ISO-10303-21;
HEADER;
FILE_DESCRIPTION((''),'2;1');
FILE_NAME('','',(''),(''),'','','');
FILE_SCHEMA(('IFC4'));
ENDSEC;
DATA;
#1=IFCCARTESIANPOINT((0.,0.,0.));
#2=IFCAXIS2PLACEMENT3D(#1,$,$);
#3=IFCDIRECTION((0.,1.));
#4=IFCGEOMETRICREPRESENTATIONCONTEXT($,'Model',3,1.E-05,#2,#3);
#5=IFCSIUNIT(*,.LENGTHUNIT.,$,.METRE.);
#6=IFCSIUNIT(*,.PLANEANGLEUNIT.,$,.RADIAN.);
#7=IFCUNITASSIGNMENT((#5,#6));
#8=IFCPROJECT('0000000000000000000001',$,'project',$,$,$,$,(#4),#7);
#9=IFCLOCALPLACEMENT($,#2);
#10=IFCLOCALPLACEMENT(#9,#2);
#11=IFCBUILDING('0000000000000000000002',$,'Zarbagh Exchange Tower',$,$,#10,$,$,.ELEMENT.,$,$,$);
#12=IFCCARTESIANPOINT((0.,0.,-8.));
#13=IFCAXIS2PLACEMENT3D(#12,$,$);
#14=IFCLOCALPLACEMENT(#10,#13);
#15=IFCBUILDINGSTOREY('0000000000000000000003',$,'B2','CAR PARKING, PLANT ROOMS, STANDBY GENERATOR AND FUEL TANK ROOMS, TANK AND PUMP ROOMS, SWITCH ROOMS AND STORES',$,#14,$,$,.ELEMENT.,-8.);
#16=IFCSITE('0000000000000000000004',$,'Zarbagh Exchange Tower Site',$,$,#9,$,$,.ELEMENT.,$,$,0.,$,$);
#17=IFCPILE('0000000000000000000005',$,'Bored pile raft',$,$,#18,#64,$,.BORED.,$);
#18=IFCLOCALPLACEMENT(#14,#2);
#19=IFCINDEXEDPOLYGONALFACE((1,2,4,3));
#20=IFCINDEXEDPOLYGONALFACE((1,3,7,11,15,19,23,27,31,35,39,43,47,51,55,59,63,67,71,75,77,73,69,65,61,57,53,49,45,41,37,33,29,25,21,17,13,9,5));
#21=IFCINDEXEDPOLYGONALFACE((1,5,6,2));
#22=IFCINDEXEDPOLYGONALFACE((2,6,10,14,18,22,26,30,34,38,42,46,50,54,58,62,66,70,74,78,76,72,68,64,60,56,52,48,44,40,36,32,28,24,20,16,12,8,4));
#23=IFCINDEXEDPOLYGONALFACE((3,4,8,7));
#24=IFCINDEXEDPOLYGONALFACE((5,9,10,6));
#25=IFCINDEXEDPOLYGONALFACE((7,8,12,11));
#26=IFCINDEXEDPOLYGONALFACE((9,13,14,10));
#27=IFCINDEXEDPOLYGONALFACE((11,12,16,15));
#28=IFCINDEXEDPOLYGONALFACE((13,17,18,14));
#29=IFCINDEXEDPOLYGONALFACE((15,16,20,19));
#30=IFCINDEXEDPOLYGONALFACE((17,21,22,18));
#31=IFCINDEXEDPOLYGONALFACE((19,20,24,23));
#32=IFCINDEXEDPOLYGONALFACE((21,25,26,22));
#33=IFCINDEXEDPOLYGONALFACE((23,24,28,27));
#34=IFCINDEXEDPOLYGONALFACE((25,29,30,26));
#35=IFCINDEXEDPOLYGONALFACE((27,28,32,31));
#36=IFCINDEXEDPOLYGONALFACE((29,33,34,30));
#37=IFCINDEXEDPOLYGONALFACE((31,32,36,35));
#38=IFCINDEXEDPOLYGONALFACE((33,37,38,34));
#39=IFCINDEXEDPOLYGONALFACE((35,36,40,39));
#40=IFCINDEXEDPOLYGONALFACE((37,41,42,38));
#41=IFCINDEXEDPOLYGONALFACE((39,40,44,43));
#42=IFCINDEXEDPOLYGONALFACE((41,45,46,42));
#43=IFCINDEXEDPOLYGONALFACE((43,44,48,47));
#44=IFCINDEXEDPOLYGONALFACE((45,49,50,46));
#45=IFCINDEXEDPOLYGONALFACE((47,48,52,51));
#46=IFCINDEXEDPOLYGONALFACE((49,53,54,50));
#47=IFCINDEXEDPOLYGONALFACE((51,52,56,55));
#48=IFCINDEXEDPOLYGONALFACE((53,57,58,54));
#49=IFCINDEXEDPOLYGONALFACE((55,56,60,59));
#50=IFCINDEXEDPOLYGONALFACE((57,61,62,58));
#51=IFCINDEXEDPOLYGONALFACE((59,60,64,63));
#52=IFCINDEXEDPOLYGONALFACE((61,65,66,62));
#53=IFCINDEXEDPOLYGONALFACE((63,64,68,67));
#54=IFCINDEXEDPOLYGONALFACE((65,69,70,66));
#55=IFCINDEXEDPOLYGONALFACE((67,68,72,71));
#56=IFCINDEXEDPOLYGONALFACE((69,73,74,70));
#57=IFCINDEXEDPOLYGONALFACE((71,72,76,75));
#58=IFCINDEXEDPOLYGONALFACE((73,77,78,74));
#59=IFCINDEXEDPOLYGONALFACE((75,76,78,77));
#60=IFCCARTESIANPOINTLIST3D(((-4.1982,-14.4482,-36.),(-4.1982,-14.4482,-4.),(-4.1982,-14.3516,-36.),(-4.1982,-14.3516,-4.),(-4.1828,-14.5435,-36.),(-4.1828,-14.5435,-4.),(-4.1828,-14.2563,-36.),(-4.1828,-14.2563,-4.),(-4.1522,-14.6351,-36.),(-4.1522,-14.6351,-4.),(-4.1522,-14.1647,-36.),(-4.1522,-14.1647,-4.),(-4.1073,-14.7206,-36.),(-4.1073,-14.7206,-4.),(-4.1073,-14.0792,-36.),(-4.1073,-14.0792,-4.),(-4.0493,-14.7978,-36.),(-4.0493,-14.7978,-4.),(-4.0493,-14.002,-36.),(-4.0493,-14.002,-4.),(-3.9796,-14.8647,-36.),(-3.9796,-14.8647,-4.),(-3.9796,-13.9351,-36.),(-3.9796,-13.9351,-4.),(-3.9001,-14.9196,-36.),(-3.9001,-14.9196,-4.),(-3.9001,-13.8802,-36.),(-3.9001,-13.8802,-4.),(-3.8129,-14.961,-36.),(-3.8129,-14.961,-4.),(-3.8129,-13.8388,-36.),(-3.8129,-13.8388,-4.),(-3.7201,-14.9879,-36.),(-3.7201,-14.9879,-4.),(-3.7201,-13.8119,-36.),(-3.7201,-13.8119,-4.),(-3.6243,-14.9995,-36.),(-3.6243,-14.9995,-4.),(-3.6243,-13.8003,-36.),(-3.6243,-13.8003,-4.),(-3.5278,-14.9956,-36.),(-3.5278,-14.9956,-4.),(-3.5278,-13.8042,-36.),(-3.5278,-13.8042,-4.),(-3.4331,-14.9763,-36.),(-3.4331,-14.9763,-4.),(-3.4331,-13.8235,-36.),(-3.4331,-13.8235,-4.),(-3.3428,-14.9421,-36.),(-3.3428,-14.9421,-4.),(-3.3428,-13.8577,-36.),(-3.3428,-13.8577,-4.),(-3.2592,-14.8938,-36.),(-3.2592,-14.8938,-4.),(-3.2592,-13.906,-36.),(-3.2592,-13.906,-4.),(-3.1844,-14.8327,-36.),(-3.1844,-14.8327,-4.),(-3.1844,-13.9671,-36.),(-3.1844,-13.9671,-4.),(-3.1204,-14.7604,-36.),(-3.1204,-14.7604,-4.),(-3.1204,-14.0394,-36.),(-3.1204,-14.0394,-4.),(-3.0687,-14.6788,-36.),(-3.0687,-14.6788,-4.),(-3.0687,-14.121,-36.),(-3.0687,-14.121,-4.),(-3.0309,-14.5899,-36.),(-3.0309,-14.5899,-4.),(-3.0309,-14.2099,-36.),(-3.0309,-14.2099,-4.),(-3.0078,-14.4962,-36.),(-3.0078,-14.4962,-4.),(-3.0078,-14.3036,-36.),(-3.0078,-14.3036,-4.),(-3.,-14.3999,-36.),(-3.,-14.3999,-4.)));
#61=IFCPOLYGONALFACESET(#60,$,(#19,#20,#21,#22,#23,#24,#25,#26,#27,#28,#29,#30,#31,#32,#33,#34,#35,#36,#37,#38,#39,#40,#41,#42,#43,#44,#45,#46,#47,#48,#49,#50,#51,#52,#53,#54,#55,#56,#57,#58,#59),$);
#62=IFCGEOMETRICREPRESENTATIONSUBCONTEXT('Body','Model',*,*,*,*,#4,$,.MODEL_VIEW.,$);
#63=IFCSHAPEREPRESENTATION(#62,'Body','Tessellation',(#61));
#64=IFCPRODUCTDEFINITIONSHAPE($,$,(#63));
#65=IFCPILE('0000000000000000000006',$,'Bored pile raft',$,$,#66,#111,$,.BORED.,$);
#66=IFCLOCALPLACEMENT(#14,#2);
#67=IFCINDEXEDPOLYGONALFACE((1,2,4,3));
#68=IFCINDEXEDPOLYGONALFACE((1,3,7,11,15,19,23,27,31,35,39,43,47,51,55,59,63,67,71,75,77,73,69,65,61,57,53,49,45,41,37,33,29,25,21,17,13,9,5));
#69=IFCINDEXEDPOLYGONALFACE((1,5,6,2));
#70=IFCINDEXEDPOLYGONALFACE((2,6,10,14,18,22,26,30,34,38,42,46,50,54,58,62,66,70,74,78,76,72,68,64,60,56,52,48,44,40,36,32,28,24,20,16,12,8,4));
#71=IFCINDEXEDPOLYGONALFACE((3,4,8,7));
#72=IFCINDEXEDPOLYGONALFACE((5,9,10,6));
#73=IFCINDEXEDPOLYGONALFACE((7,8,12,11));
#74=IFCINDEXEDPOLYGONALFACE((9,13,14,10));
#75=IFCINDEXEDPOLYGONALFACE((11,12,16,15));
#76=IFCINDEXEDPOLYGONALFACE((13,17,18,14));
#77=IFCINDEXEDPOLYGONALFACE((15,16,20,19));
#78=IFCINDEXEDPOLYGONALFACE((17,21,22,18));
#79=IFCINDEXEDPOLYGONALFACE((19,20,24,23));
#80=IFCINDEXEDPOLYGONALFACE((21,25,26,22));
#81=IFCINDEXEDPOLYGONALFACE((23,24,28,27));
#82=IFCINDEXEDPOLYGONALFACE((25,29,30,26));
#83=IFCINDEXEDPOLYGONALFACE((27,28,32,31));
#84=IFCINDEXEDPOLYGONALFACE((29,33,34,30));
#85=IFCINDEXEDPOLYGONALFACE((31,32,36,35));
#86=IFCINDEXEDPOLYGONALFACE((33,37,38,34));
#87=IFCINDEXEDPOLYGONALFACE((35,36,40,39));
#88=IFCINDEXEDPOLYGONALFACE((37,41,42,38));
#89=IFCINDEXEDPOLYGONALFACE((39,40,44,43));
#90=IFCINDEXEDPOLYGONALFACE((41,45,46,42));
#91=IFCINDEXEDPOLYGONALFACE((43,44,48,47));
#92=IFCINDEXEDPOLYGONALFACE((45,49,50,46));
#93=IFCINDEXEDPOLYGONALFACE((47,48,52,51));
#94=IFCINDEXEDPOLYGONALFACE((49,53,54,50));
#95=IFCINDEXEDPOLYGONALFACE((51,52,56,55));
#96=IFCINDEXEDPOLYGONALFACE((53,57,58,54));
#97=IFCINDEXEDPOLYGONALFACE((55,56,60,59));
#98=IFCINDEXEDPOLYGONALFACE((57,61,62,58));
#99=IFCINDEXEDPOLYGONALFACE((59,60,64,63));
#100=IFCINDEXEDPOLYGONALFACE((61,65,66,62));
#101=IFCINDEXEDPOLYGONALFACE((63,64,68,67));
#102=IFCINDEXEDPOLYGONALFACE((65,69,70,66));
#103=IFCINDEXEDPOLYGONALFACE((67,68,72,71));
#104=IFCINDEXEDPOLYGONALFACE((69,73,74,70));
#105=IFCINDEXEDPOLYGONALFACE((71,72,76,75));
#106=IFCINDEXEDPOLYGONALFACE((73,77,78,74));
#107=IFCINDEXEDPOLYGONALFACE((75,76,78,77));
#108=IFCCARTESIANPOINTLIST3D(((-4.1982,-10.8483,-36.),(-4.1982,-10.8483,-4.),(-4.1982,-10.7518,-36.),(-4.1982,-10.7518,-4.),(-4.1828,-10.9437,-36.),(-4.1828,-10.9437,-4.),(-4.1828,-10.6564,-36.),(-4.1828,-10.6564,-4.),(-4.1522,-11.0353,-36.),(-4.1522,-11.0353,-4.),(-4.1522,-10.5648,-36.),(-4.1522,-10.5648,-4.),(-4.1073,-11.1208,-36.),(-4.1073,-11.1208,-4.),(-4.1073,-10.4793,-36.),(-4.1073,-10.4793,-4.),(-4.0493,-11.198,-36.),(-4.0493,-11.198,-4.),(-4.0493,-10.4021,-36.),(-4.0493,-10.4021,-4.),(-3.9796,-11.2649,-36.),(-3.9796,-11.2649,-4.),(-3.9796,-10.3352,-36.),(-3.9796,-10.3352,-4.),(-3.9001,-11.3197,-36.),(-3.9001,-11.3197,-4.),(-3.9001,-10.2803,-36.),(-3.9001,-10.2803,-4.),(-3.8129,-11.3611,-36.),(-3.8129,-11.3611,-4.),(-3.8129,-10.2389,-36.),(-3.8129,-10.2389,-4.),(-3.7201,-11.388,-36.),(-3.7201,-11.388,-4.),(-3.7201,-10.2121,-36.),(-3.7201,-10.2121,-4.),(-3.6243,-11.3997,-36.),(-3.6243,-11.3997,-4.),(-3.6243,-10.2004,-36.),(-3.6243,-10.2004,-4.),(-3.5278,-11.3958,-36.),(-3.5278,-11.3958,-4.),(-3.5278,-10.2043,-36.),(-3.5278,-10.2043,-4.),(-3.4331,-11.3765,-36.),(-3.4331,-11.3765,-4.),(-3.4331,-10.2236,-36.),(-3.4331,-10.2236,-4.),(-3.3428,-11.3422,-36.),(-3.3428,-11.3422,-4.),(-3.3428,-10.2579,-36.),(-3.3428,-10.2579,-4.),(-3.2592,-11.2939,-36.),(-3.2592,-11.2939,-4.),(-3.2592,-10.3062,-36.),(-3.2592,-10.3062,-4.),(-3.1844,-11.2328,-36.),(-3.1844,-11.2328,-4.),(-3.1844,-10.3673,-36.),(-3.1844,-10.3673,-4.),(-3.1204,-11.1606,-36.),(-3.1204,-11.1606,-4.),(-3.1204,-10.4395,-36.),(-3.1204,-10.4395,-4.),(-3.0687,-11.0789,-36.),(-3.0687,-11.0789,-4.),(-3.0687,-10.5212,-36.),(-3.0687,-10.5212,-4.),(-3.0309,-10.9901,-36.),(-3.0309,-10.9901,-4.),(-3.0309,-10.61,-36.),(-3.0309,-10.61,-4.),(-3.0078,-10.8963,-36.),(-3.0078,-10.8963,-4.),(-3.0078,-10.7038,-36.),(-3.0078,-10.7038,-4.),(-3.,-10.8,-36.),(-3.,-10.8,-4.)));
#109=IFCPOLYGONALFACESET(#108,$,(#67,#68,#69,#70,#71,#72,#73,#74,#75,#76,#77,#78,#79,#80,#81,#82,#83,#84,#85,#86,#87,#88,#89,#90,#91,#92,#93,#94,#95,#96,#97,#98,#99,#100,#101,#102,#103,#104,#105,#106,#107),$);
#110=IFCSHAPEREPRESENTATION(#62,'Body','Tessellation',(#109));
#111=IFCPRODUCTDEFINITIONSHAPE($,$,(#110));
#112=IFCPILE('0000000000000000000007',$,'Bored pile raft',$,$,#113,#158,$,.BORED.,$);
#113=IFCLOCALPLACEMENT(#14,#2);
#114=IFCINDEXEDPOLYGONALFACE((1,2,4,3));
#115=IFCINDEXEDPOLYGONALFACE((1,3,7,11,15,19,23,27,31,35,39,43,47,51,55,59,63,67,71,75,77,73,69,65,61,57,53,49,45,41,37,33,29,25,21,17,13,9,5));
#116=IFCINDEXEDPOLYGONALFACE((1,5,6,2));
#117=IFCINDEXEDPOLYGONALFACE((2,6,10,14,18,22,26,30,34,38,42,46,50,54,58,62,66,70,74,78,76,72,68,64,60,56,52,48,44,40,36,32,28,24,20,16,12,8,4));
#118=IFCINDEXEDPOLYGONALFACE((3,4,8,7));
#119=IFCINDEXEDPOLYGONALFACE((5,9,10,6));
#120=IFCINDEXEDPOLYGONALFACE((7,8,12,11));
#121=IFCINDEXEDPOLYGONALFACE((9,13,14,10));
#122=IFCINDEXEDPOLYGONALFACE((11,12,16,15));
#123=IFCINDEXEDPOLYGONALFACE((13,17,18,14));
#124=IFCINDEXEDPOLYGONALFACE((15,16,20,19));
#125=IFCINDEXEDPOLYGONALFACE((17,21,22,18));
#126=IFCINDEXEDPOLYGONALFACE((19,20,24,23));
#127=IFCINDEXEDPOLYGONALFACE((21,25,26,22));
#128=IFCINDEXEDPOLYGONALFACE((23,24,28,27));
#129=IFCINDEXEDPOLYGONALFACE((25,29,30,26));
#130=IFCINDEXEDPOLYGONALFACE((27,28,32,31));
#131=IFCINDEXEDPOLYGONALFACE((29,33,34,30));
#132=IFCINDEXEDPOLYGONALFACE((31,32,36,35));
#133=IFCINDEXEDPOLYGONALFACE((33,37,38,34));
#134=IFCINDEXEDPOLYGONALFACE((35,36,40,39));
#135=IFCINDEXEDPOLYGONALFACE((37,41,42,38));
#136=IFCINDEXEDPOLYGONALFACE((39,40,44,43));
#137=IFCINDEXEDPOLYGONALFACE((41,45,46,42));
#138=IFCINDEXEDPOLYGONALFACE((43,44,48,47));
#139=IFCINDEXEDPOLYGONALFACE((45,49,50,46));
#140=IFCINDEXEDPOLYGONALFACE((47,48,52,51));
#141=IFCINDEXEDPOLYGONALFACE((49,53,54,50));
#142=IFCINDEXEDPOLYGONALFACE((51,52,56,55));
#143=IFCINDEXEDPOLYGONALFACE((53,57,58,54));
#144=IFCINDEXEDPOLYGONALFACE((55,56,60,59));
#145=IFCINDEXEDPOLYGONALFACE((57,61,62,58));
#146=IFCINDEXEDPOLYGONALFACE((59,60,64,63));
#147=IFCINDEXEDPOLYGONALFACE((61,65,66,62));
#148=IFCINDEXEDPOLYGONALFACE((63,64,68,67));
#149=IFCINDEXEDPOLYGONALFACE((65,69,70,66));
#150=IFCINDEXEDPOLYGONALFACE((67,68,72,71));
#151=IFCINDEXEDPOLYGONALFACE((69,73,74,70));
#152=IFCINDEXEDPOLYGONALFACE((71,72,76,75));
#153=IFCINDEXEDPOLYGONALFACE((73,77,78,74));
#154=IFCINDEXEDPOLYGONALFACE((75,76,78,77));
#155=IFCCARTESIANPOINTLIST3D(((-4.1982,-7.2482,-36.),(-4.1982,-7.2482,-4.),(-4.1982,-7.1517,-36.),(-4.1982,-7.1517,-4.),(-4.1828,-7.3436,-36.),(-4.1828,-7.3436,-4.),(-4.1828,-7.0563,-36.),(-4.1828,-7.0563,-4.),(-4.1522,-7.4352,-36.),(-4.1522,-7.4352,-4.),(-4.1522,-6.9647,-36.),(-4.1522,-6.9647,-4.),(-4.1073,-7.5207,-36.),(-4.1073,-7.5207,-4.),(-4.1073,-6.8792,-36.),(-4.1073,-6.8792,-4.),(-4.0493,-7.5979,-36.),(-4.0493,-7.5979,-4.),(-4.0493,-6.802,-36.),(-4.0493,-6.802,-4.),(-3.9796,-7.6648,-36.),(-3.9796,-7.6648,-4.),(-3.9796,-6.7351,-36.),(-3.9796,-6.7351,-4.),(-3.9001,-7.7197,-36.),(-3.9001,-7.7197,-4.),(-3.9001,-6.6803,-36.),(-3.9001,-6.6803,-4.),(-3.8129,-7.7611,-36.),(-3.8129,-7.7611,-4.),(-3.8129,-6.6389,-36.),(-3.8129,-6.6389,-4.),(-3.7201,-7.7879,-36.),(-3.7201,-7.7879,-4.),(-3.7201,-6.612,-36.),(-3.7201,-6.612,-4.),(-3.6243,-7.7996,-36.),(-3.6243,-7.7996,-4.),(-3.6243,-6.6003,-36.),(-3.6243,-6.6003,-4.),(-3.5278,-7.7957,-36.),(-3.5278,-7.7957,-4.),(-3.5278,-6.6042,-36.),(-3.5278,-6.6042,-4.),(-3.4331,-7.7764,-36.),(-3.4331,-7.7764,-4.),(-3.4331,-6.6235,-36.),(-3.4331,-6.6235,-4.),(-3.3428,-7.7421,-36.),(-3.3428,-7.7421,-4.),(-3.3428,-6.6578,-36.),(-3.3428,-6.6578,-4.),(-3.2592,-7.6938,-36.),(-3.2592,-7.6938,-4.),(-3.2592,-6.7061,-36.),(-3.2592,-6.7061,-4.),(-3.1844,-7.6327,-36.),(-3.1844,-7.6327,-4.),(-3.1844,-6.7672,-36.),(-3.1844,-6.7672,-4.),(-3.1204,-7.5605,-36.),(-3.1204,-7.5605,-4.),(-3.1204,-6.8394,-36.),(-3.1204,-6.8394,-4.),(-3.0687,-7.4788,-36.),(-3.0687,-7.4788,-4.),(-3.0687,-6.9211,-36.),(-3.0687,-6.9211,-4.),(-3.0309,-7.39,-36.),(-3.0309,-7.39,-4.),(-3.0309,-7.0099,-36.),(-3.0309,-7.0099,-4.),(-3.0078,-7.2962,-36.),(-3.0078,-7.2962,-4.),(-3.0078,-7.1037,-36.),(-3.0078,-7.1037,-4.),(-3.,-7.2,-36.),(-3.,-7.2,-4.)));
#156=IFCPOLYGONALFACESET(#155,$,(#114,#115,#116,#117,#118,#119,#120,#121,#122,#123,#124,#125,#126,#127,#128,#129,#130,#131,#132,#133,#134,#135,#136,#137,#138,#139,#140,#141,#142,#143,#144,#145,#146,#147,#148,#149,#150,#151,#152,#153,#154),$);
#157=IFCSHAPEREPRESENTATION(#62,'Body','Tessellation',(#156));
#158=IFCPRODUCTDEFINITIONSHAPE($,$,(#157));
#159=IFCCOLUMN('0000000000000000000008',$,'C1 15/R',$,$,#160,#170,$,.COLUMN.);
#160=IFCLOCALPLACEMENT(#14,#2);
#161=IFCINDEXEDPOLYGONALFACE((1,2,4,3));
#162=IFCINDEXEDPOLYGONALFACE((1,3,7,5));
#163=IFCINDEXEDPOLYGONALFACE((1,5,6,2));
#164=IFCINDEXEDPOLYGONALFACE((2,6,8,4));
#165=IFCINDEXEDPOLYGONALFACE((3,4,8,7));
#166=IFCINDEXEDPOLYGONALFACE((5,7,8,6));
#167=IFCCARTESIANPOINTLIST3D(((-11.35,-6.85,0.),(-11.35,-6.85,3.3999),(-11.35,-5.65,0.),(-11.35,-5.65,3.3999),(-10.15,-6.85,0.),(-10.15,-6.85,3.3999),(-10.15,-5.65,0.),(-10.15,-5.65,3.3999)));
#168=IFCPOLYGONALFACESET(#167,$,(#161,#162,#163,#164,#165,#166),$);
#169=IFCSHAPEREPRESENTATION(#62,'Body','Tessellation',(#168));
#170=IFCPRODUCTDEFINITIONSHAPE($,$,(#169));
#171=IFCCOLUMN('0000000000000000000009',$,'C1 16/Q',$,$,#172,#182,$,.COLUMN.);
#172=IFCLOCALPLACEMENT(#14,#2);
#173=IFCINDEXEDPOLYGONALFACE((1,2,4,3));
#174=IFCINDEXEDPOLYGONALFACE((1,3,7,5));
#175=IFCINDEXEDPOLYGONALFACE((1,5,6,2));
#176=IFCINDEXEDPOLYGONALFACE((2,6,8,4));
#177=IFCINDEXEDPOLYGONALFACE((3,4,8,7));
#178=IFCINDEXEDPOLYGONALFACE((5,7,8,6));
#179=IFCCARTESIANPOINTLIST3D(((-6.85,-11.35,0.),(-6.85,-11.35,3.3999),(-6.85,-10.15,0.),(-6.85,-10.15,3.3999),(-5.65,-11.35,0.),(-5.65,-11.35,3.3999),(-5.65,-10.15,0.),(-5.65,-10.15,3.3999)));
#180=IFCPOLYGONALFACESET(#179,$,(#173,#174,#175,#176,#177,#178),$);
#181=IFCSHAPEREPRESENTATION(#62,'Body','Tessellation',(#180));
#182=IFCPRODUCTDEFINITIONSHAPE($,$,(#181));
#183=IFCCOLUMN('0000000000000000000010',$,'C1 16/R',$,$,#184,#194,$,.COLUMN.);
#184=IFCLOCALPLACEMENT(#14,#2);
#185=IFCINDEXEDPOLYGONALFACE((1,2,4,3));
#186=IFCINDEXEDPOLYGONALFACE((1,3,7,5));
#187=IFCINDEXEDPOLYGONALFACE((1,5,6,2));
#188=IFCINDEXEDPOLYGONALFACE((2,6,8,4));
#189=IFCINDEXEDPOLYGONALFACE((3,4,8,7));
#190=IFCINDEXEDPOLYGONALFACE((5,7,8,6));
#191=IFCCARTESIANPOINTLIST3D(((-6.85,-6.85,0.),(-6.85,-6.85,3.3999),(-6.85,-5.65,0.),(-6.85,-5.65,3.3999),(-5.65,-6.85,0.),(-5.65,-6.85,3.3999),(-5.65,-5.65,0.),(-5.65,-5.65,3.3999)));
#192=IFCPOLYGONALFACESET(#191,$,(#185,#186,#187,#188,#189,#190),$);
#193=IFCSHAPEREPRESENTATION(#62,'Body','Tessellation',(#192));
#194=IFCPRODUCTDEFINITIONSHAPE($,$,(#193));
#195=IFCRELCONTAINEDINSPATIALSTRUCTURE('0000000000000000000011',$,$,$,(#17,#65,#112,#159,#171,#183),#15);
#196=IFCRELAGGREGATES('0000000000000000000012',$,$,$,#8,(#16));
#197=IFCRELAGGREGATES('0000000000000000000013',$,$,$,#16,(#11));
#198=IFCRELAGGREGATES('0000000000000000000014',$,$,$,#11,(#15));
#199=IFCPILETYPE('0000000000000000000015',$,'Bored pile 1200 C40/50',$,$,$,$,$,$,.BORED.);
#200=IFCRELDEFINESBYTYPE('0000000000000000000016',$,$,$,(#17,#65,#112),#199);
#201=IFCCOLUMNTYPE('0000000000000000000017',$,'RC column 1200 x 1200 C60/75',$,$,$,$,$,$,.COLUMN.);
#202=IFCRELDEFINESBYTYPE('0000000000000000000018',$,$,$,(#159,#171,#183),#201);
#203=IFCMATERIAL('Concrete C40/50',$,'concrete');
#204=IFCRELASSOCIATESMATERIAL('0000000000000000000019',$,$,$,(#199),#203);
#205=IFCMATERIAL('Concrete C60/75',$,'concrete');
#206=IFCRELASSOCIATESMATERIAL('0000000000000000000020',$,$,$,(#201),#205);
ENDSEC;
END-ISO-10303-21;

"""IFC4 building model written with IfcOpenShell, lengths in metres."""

from ifc_helpers import new_model, si_unit, direction, frame, origin, origin_2d, place, context, subcontext, project, spatial, rectangle, circle, extrude, material, material_profile, profile_set, type_object, element, save


model = new_model("IFC4")

# Units and contexts
model_context = context("Model", 3, precision=1e-05, world=origin(), true_north=direction((0.0, 1.0)))
body_context = subcontext(model_context, "Body", "Model", "MODEL_VIEW")
ifc_project = project(units=[si_unit("LENGTHUNIT", "METRE"), si_unit("PLANEANGLEUNIT", "RADIAN")], contexts=[model_context])

# Site, building, storey
site_placement = place(None, origin())
site = spatial("IfcSite", under=ifc_project, at=site_placement, Name="Zarbagh Exchange Tower Site", CompositionType="ELEMENT", RefElevation=0.0)
building_placement = place(site_placement, origin())
building = spatial("IfcBuilding", under=site, at=building_placement, Name="Zarbagh Exchange Tower", CompositionType="ELEMENT")
storey_placement = place(building_placement, frame((0.0, 0.0, -8.0)))
storey = spatial("IfcBuildingStorey", under=building, at=storey_placement, Name="B2", Description="CAR PARKING, PLANT ROOMS, STANDBY GENERATOR AND FUEL TANK ROOMS, TANK AND PUMP ROOMS, SWITCH ROOMS AND STORES", CompositionType="ELEMENT", Elevation=-8.0)

# Piles
ifc_material_1 = material(Name="Concrete C40/50", Category="concrete")
ifc_material_profile_1 = material_profile(ifc_material_1, circle(Radius=0.6001, at=origin_2d()), Name="Bored pile 1200 C40/50")
ifc_profile_set_1 = profile_set([ifc_material_profile_1], Name="Concrete C40/50")
pile_type = type_object("IfcPileType", Name="Bored pile 1200 C40/50", PredefinedType="BORED", material=ifc_profile_set_1)
for number, where, z_axis, x_axis, name in (
    (1, (-3.6001, -14.3999, -4.0), (0.0, 0.0, -1.0), (1.0, 0.0, 0.0), "Bored pile raft"),
    (2, (-3.6001, -10.8, -4.0), (0.0, 0.0, -1.0), (1.0, 0.0, 0.0), "Bored pile raft"),
    (3, (-3.6001, -7.2, -4.0), (0.0, 0.0, -1.0), (1.0, 0.0, 0.0), "Bored pile raft"),
):
    element("IfcPile", number, at=place(storey_placement, frame(where, z_axis=z_axis, x_axis=x_axis)), inside=storey, type_object=pile_type, Name=name, PredefinedType="BORED", context=body_context, shape_type="SweptSolid", body=[
        extrude(circle(Radius=0.6001, at=origin_2d()), origin(), (0.0, 0.0, 1.0), 32.0),
    ])

# Columns
ifc_material_2 = material(Name="Concrete C60/75", Category="concrete")
ifc_material_profile_2 = material_profile(ifc_material_2, rectangle(XDim=1.2, YDim=1.2, at=origin_2d()), Name="RC column 1200 x 1200 C60/75")
ifc_profile_set_2 = profile_set([ifc_material_profile_2], Name="Concrete C60/75")
column_type = type_object("IfcColumnType", Name="RC column 1200 x 1200 C60/75", PredefinedType="COLUMN", material=ifc_profile_set_2)
for number, where, z_axis, x_axis, name in (
    (4, (-10.75, -6.25, 0.0), (0.0, 0.0, 1.0), (1.0, 0.0, 0.0), "C1 15/R"),
    (5, (-6.25, -10.75, 0.0), (0.0, 0.0, 1.0), (1.0, 0.0, 0.0), "C1 16/Q"),
    (6, (-6.25, -6.25, 0.0), (0.0, 0.0, 1.0), (1.0, 0.0, 0.0), "C1 16/R"),
):
    element("IfcColumn", number, at=place(storey_placement, frame(where, z_axis=z_axis, x_axis=x_axis)), inside=storey, type_object=column_type, Name=name, PredefinedType="COLUMN", context=body_context, shape_type="SweptSolid", body=[
        extrude(rectangle(XDim=1.2, YDim=1.2, at=origin_2d()), origin(), (0.0, 0.0, 1.0), 3.3999),
    ])

save(model, "model.ifc")
